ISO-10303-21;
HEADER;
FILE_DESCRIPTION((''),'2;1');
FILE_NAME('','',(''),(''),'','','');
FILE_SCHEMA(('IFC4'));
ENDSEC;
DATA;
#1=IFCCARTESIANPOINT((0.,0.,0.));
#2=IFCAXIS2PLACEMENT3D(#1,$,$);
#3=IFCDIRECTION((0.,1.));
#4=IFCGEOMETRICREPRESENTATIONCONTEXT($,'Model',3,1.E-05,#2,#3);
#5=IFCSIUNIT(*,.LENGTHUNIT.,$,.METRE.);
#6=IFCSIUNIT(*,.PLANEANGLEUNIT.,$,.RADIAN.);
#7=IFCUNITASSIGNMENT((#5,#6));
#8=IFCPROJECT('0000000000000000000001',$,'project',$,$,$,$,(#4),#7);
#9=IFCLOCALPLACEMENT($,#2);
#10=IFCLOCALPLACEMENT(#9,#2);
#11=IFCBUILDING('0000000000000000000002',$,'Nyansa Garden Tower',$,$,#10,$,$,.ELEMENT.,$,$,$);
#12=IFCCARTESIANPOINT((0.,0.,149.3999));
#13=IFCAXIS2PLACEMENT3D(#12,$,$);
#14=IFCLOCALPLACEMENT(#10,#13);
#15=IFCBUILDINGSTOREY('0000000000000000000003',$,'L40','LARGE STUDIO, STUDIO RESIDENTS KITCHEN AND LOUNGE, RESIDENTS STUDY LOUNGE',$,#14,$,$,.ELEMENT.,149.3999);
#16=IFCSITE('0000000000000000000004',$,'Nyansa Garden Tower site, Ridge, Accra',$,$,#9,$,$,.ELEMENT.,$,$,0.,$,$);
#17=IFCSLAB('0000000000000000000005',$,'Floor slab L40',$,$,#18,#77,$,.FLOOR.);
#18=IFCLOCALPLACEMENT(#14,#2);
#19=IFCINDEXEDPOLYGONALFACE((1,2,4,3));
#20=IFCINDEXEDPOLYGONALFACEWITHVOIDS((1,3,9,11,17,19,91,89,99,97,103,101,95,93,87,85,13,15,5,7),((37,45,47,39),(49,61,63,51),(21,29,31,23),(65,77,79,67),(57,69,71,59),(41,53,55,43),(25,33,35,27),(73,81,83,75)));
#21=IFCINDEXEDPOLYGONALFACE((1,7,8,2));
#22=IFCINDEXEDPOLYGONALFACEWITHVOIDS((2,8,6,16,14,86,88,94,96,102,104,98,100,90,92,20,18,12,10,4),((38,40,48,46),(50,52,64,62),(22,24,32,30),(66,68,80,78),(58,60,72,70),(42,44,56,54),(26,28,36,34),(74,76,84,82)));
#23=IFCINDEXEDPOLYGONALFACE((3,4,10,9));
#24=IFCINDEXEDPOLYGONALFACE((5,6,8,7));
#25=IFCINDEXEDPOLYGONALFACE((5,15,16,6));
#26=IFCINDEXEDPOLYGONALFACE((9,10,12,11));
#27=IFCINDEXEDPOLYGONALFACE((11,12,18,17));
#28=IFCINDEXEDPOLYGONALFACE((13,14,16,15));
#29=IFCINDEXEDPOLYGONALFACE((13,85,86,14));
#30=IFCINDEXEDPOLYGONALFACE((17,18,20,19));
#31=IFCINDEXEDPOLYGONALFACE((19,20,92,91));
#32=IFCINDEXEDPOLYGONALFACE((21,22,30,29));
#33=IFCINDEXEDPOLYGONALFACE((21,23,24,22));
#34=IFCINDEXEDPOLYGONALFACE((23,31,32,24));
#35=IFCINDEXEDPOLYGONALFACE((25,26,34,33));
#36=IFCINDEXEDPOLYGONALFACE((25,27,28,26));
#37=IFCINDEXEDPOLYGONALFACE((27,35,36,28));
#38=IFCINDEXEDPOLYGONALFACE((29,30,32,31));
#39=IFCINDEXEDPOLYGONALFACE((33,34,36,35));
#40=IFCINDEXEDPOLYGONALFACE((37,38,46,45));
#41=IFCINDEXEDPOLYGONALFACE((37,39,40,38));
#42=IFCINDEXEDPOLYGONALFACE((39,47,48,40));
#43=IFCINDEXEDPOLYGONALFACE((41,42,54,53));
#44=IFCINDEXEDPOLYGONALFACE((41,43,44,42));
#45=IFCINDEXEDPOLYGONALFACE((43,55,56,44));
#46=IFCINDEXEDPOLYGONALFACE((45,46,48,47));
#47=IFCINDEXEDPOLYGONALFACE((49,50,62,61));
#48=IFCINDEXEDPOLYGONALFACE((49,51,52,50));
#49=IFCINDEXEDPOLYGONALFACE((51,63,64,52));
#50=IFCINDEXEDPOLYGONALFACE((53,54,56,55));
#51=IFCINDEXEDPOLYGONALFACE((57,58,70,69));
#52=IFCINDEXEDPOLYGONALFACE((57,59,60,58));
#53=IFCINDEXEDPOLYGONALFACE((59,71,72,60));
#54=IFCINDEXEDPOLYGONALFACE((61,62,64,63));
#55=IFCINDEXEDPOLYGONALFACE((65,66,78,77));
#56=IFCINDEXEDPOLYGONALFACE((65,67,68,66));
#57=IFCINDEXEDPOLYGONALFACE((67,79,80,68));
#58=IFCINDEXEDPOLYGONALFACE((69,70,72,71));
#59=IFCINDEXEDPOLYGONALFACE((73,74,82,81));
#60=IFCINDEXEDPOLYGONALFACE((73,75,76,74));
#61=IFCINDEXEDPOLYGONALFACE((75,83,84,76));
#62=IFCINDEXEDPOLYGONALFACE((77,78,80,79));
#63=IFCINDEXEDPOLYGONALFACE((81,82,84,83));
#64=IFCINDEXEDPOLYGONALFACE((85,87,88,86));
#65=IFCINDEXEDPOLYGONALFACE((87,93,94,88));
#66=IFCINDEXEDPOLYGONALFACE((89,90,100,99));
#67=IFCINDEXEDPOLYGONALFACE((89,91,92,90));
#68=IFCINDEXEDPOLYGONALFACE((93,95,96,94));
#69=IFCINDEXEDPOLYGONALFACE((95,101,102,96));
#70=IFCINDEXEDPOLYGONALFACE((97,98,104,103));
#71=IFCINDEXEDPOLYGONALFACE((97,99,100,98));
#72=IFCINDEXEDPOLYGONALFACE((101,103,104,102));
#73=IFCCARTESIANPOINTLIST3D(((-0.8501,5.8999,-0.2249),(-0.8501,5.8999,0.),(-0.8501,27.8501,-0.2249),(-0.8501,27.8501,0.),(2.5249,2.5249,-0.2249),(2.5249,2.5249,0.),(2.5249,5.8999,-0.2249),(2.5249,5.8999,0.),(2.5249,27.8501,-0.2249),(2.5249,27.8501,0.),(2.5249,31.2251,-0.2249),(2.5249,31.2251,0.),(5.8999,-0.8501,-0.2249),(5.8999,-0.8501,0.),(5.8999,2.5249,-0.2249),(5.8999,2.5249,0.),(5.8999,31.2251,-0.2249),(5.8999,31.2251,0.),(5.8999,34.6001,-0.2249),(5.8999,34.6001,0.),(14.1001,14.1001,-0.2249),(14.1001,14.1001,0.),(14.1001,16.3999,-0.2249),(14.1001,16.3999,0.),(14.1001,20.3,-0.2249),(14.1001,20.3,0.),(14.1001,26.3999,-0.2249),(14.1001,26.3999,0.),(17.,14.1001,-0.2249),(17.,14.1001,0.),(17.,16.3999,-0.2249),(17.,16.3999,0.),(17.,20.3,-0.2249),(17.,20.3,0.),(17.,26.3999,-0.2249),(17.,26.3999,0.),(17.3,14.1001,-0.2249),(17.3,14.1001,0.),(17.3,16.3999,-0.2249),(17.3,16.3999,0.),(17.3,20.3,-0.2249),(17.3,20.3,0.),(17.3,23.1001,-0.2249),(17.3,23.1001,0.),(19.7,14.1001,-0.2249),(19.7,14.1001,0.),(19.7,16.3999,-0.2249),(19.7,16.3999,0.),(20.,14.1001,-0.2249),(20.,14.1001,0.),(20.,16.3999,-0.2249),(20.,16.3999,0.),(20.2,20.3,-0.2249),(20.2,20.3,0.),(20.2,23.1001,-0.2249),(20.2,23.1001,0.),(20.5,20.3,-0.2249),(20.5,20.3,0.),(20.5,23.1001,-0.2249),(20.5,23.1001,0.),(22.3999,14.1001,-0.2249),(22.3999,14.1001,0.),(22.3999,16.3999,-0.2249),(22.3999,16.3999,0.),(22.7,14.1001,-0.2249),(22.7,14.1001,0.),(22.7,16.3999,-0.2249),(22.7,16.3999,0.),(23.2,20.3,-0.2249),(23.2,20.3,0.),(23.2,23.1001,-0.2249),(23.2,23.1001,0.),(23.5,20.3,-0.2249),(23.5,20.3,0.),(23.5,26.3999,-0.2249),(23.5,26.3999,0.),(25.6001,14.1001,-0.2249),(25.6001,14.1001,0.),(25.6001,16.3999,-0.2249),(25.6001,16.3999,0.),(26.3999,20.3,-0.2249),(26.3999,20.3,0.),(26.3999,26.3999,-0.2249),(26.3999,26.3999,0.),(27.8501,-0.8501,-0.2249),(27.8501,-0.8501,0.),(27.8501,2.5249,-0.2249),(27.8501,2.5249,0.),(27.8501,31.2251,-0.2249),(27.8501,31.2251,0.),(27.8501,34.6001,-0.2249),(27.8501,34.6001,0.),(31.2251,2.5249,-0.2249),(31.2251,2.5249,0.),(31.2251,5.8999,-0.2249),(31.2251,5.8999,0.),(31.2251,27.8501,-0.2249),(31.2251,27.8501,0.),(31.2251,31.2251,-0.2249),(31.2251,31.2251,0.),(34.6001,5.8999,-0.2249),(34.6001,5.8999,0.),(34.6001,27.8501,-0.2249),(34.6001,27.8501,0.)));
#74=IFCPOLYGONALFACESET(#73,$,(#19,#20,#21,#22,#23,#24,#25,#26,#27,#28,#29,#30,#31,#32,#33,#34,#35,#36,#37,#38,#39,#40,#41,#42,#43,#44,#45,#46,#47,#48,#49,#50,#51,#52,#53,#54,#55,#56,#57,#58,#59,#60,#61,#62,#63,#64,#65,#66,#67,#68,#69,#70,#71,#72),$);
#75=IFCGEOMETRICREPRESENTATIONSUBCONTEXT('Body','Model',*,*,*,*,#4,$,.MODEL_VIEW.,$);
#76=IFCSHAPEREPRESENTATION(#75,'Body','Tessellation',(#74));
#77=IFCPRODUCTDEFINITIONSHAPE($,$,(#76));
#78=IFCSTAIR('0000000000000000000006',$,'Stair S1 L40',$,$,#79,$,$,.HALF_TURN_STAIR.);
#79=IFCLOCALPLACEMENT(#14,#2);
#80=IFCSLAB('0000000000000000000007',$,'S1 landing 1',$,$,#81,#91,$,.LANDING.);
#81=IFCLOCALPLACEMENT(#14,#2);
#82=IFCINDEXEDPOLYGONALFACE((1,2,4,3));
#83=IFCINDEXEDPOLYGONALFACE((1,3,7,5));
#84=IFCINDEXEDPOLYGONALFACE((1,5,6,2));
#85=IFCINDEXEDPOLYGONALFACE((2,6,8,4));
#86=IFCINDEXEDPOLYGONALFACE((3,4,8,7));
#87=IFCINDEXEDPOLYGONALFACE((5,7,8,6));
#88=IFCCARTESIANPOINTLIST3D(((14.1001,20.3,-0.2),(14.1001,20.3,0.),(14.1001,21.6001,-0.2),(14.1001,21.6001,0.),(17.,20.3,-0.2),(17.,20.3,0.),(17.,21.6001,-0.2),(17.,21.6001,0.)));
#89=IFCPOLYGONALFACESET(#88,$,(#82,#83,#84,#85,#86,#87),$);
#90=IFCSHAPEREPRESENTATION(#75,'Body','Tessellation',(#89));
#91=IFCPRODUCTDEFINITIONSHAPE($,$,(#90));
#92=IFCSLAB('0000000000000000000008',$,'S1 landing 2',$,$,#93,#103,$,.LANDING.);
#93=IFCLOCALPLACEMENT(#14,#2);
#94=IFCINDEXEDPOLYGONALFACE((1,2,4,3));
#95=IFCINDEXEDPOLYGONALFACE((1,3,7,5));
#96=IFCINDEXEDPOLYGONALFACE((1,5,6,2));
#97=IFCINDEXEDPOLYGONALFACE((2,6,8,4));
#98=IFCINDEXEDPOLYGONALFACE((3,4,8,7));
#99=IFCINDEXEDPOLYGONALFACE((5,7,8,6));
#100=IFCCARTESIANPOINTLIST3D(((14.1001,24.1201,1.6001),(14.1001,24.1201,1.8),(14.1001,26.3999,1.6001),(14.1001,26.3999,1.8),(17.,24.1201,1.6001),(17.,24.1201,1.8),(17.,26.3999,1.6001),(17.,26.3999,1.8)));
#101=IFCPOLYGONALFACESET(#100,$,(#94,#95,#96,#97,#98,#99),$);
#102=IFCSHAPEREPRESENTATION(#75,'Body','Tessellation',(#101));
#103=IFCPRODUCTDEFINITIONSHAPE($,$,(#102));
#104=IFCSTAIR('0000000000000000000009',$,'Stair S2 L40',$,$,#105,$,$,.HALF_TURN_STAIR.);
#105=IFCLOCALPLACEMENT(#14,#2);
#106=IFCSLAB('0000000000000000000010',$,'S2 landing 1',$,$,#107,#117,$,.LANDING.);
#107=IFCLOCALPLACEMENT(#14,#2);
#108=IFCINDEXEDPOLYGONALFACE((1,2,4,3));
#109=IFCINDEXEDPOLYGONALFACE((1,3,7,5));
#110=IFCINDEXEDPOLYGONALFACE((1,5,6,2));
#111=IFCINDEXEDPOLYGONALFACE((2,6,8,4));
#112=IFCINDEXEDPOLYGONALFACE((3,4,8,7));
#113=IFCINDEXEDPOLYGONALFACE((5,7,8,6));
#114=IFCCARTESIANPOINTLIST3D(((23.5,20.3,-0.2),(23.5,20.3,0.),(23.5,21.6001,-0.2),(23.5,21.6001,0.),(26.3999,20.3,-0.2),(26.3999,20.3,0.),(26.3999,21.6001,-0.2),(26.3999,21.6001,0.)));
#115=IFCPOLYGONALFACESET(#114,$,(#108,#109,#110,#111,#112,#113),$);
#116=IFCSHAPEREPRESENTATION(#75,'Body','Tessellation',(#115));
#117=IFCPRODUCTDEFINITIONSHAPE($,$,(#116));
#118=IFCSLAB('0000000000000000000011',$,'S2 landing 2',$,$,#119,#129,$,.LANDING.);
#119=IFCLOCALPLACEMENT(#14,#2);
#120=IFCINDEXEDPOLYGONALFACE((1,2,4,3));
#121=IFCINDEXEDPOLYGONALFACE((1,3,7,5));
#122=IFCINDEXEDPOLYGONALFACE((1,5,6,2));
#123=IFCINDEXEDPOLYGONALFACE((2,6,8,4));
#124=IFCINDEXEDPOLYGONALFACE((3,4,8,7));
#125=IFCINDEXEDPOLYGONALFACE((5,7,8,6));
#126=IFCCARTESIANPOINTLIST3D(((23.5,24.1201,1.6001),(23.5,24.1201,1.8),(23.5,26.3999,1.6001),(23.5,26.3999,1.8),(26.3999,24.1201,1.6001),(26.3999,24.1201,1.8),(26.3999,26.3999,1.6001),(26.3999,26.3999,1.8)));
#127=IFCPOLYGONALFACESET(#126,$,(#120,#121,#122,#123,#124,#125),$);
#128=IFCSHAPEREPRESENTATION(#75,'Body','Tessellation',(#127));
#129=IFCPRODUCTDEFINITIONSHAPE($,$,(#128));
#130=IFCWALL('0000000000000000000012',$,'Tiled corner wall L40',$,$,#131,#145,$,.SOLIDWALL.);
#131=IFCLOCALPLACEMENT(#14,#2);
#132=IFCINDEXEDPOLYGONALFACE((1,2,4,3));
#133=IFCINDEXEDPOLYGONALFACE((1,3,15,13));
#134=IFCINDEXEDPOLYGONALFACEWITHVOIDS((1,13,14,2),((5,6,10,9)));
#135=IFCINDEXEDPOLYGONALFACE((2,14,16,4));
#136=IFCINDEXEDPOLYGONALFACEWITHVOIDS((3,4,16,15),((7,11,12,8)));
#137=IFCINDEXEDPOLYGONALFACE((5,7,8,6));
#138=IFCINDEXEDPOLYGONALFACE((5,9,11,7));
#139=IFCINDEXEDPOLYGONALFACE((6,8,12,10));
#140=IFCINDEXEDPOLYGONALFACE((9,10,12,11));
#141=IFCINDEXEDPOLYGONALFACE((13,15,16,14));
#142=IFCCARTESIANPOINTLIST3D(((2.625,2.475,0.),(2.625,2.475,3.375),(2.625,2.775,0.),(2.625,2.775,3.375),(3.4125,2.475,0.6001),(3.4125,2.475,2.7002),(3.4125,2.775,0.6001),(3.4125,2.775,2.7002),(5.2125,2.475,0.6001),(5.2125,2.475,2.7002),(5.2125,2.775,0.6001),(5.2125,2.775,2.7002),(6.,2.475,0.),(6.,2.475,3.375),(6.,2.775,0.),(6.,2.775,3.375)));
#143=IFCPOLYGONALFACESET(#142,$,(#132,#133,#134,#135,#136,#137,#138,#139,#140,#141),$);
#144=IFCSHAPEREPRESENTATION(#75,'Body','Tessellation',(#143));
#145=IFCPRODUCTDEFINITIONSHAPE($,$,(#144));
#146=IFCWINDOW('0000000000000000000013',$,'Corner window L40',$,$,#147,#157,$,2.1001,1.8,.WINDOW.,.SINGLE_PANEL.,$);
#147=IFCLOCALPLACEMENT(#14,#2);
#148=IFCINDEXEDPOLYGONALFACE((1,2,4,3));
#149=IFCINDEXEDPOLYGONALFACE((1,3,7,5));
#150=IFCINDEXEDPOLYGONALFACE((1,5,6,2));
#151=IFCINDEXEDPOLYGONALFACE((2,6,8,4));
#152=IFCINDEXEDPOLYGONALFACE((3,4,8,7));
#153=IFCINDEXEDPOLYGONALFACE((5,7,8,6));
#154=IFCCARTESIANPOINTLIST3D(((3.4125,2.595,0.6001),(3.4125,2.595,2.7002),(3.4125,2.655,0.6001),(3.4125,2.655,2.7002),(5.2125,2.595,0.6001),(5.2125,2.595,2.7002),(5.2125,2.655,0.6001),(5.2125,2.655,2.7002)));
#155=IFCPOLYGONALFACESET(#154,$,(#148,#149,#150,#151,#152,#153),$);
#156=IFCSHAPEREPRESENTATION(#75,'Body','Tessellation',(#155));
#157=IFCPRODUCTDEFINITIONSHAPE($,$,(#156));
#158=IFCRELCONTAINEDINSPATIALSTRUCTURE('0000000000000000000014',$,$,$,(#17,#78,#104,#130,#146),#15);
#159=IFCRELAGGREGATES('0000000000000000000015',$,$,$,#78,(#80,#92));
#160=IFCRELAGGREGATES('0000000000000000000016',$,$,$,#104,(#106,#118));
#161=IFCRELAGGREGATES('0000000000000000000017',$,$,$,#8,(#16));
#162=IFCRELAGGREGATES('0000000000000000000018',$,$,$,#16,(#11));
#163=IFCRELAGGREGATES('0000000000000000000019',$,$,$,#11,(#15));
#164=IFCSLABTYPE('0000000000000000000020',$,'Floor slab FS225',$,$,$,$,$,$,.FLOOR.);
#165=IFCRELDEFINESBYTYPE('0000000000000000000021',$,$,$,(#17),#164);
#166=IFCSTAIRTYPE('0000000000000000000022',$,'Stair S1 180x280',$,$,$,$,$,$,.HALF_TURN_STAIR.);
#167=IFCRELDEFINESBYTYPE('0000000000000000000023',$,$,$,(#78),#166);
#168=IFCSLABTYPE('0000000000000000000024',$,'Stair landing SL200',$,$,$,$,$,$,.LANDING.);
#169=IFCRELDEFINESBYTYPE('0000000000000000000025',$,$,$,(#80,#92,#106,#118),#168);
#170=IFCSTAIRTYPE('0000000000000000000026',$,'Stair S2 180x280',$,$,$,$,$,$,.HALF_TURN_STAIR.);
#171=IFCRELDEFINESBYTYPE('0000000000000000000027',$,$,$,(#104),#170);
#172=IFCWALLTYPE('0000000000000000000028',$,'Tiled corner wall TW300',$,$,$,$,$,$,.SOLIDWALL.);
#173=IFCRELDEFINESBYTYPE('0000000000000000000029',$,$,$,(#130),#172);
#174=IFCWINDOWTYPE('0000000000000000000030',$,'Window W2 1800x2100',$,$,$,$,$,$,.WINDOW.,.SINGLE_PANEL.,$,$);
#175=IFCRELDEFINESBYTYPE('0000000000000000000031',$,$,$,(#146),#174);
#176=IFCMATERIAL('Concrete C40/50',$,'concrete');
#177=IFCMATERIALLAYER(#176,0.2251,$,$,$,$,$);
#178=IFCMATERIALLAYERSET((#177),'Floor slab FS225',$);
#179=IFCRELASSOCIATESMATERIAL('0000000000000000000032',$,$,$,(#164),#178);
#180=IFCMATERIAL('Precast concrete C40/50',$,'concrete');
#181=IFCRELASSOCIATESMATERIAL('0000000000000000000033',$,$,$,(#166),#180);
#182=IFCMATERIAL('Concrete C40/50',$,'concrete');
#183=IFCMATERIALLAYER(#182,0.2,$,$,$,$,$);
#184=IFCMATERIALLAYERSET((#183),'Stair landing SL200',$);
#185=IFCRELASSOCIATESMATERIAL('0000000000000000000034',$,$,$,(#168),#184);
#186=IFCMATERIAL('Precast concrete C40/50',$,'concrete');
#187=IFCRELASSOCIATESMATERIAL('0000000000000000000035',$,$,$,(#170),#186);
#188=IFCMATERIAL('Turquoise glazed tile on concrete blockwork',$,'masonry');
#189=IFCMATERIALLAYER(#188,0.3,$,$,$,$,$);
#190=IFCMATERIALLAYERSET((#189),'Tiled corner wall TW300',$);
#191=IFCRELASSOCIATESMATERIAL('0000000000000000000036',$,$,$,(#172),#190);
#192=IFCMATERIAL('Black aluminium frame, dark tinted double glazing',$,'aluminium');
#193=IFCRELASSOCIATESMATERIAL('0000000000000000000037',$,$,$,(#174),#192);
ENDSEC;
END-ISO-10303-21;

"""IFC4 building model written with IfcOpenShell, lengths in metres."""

from ifc_helpers import new_model, si_unit, direction, frame, frame_2d, origin, place, context, subcontext, project, spatial, polyline, rectangle, outline, extrude, material, layer, layer_set, type_object, element, fill, aggregate, save


model = new_model("IFC4")

# Units and contexts
model_context = context("Model", 3, precision=1e-05, world=origin(), true_north=direction((0.0, 1.0)))
body_context = subcontext(model_context, "Body", "Model", "MODEL_VIEW")
ifc_project = project(units=[si_unit("LENGTHUNIT", "METRE"), si_unit("PLANEANGLEUNIT", "RADIAN")], contexts=[model_context])

# Site, building, storey
site_placement = place(None, origin())
site = spatial("IfcSite", under=ifc_project, at=site_placement, Name="Nyansa Garden Tower site, Ridge, Accra", CompositionType="ELEMENT", RefElevation=0.0)
building_placement = place(site_placement, origin())
building = spatial("IfcBuilding", under=site, at=building_placement, Name="Nyansa Garden Tower", CompositionType="ELEMENT")
storey_placement = place(building_placement, frame((0.0, 0.0, 149.3999)))
storey = spatial("IfcBuildingStorey", under=building, at=storey_placement, Name="L40", Description="LARGE STUDIO, STUDIO RESIDENTS KITCHEN AND LOUNGE, RESIDENTS STUDY LOUNGE", CompositionType="ELEMENT", Elevation=149.3999)

# Slab
ifc_material_1 = material(Name="Concrete C40/50", Category="concrete")
ifc_layer_1 = layer(ifc_material_1, 0.2251)
ifc_layer_set_1 = layer_set([ifc_layer_1], Name="Floor slab FS225")
slab_type_1 = type_object("IfcSlabType", Name="Floor slab FS225", PredefinedType="FLOOR", material=ifc_layer_set_1)
slab_1_placement = place(storey_placement, frame((0.0, 0.0, -0.2249)))
element("IfcSlab", 1, at=slab_1_placement, inside=storey, type_object=slab_type_1, Name="Floor slab L40", PredefinedType="FLOOR", context=body_context, shape_type="SweptSolid", body=[
    extrude(outline(polyline([(34.6001, 5.8999), (31.2251, 5.8999), (31.2251, 2.5249), (27.8501, 2.5249), (27.8501, -0.8501), (5.8999, -0.8501), (5.8999, 2.5249), (2.5249, 2.5249), (2.5249, 5.8999), (-0.8501, 5.8999), (-0.8501, 27.8501), (2.5249, 27.8501), (2.5249, 31.2251), (5.8999, 31.2251), (5.8999, 34.6001), (27.8501, 34.6001), (27.8501, 31.2251), (31.2251, 31.2251), (31.2251, 27.8501), (34.6001, 27.8501), (34.6001, 5.8999)]), holes=[polyline([(14.1001, 14.1001), (17.0, 14.1001), (17.0, 16.3999), (14.1001, 16.3999), (14.1001, 14.1001)]), polyline([(17.3, 14.1001), (19.7, 14.1001), (19.7, 16.3999), (17.3, 16.3999), (17.3, 14.1001)]), polyline([(20.0, 14.1001), (22.3999, 14.1001), (22.3999, 16.3999), (20.0, 16.3999), (20.0, 14.1001)]), polyline([(22.7, 14.1001), (25.6001, 14.1001), (25.6001, 16.3999), (22.7, 16.3999), (22.7, 14.1001)]), polyline([(17.3, 20.3), (20.2, 20.3), (20.2, 23.1001), (17.3, 23.1001), (17.3, 20.3)]), polyline([(20.5, 20.3), (23.2, 20.3), (23.2, 23.1001), (20.5, 23.1001), (20.5, 20.3)]), polyline([(14.1001, 20.3), (17.0, 20.3), (17.0, 26.3999), (14.1001, 26.3999), (14.1001, 20.3)]), polyline([(23.5, 20.3), (26.3999, 20.3), (26.3999, 26.3999), (23.5, 26.3999), (23.5, 20.3)])]), origin(), (0.0, 0.0, 1.0), 0.2249),
])

# Stairs, slabs
ifc_material_2 = material(Name="Precast concrete C40/50", Category="concrete")
stair_type_1 = type_object("IfcStairType", Name="Stair S1 180x280", PredefinedType="HALF_TURN_STAIR", material=ifc_material_2)
stair_1_placement = place(storey_placement, origin())
stair_1 = element("IfcStair", 2, at=stair_1_placement, inside=storey, type_object=stair_type_1, Name="Stair S1 L40", PredefinedType="HALF_TURN_STAIR")
ifc_material_3 = material(Name="Concrete C40/50", Category="concrete")
ifc_layer_2 = layer(ifc_material_3, 0.2)
ifc_layer_set_2 = layer_set([ifc_layer_2], Name="Stair landing SL200")
slab_type_2 = type_object("IfcSlabType", Name="Stair landing SL200", PredefinedType="LANDING", material=ifc_layer_set_2)
slab_2_placement = place(storey_placement, frame((0.0, 0.0, -0.2)))
slab_2 = element("IfcSlab", 3, at=slab_2_placement, type_object=slab_type_2, Name="S1 landing 1", PredefinedType="LANDING", context=body_context, shape_type="SweptSolid", body=[
    extrude(outline(polyline([(14.1001, 20.3), (17.0, 20.3), (17.0, 21.6001), (14.1001, 21.6001), (14.1001, 20.3)])), origin(), (0.0, 0.0, 1.0), 0.2),
])
slab_3_placement = place(storey_placement, frame((0.0, 0.0, 1.6001)))
slab_3 = element("IfcSlab", 4, at=slab_3_placement, type_object=slab_type_2, Name="S1 landing 2", PredefinedType="LANDING", context=body_context, shape_type="SweptSolid", body=[
    extrude(outline(polyline([(14.1001, 24.1201), (17.0, 24.1201), (17.0, 26.3999), (14.1001, 26.3999), (14.1001, 24.1201)])), origin(), (0.0, 0.0, 1.0), 0.2),
])
aggregate(stair_1, [slab_2, slab_3])
ifc_material_4 = material(Name="Precast concrete C40/50", Category="concrete")
stair_type_2 = type_object("IfcStairType", Name="Stair S2 180x280", PredefinedType="HALF_TURN_STAIR", material=ifc_material_4)
stair_2_placement = place(storey_placement, origin())
stair_2 = element("IfcStair", 5, at=stair_2_placement, inside=storey, type_object=stair_type_2, Name="Stair S2 L40", PredefinedType="HALF_TURN_STAIR")
slab_4_placement = place(storey_placement, frame((0.0, 0.0, -0.2)))
slab_4 = element("IfcSlab", 6, at=slab_4_placement, type_object=slab_type_2, Name="S2 landing 1", PredefinedType="LANDING", context=body_context, shape_type="SweptSolid", body=[
    extrude(outline(polyline([(23.5, 20.3), (26.3999, 20.3), (26.3999, 21.6001), (23.5, 21.6001), (23.5, 20.3)])), origin(), (0.0, 0.0, 1.0), 0.2),
])
slab_5_placement = place(storey_placement, frame((0.0, 0.0, 1.6001)))
slab_5 = element("IfcSlab", 7, at=slab_5_placement, type_object=slab_type_2, Name="S2 landing 2", PredefinedType="LANDING", context=body_context, shape_type="SweptSolid", body=[
    extrude(outline(polyline([(23.5, 24.1201), (26.3999, 24.1201), (26.3999, 26.3999), (23.5, 26.3999), (23.5, 24.1201)])), origin(), (0.0, 0.0, 1.0), 0.2),
])
aggregate(stair_2, [slab_4, slab_5])

# Wall, opening, window
ifc_material_5 = material(Name="Turquoise glazed tile on concrete blockwork", Category="masonry")
ifc_layer_3 = layer(ifc_material_5, 0.3)
ifc_layer_set_3 = layer_set([ifc_layer_3], Name="Tiled corner wall TW300")
wall_type = type_object("IfcWallType", Name="Tiled corner wall TW300", PredefinedType="SOLIDWALL", material=ifc_layer_set_3)
wall_1_placement = place(storey_placement, frame((2.625, 2.625, 0.0), z_axis=(0.0, 0.0, 1.0), x_axis=(1.0, 0.0, 0.0)))
wall_1 = element("IfcWall", 8, at=wall_1_placement, inside=storey, type_object=wall_type, Name="Tiled corner wall L40", PredefinedType="SOLIDWALL", context=body_context, shape_type="SweptSolid", body=[
    extrude(rectangle(XDim=3.375, YDim=0.3, at=frame_2d((1.6875, 0.0))), origin(), (0.0, 0.0, 1.0), 3.375),
])
opening_1_placement = place(wall_1_placement, frame((0.7876, 0.0, 0.6001)))
opening_1 = element("IfcOpeningElement", 9, at=opening_1_placement, cuts=wall_1, PredefinedType="OPENING", context=body_context, shape_type="SweptSolid", body=[
    extrude(rectangle(XDim=1.8, YDim=2.1001, at=frame_2d((0.8999, 1.05))), frame((0.0, 0.1599, 0.0), z_axis=(0.0, -1.0, 0.0), x_axis=(1.0, 0.0, 0.0)), (0.0, 0.0, 1.0), 0.3201),
])
ifc_material_6 = material(Name="Black aluminium frame, dark tinted double glazing", Category="aluminium")
window_type_1 = type_object("IfcWindowType", Name="Window W2 1800x2100", PartitioningType="SINGLE_PANEL", PredefinedType="WINDOW", material=ifc_material_6)
window_1_placement = place(opening_1_placement, origin())
window_1 = element("IfcWindow", 10, at=window_1_placement, inside=storey, type_object=window_type_1, Name="Corner window L40", OverallHeight=2.1001, OverallWidth=1.8, PartitioningType="SINGLE_PANEL", PredefinedType="WINDOW", context=body_context, shape_type="SweptSolid", body=[
    extrude(rectangle(XDim=1.8, YDim=2.1001, at=frame_2d((0.8999, 1.05))), frame((0.0, 0.03, 0.0), z_axis=(0.0, -1.0, 0.0), x_axis=(1.0, 0.0, 0.0)), (0.0, 0.0, 1.0), 0.0601),
])
fill(opening_1, window_1)

save(model, "model.ifc")
